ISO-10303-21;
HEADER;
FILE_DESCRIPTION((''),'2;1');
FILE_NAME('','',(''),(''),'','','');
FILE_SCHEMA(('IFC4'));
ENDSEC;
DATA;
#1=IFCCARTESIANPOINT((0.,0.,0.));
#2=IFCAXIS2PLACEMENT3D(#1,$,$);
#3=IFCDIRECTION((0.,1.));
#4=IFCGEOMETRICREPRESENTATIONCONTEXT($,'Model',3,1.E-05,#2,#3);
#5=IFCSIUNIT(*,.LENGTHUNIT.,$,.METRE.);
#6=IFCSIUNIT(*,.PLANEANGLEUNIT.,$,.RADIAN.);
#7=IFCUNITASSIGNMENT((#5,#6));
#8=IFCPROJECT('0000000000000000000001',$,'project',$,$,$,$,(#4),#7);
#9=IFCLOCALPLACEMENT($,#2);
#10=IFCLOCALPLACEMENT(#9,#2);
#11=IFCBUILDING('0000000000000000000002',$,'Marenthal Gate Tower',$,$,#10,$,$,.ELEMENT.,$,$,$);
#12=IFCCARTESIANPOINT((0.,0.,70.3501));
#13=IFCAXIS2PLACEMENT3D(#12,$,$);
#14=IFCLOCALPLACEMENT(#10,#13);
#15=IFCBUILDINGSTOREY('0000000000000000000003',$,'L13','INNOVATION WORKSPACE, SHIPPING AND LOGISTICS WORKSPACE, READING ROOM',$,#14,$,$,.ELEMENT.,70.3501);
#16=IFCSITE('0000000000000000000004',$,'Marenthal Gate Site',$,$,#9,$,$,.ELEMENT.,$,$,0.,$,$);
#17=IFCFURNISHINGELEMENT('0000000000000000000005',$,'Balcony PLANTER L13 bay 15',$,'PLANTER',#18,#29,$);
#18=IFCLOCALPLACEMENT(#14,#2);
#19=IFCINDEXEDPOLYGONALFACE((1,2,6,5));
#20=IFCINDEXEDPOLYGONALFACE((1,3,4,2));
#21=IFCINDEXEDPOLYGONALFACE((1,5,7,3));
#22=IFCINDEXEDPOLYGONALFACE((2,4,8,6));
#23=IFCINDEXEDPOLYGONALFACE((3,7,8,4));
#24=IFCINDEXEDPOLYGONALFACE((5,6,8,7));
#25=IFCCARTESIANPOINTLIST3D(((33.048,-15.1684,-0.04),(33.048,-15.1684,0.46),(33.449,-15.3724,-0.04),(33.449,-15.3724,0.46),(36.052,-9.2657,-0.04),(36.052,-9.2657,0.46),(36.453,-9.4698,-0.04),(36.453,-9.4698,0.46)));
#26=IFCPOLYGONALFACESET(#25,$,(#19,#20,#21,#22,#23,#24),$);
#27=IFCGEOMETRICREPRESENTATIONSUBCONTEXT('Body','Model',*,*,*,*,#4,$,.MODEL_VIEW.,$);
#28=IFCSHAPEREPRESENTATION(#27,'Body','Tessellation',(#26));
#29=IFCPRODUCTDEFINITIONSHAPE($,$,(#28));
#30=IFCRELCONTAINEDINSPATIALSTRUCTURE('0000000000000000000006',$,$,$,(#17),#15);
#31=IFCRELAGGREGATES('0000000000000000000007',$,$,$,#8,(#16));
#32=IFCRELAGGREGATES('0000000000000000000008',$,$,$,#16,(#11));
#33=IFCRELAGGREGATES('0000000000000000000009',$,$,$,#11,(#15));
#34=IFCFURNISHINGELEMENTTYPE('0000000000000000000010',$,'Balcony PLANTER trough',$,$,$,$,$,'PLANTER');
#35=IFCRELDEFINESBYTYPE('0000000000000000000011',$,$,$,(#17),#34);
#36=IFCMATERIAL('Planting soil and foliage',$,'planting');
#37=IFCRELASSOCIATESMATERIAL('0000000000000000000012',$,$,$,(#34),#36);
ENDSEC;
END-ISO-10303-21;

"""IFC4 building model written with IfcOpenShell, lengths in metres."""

from ifc_helpers import new_model, si_unit, direction, frame, origin, origin_2d, place, context, subcontext, project, spatial, rectangle, extrude, material, type_object, element, save


model = new_model("IFC4")

# Units and contexts
model_context = context("Model", 3, precision=1e-05, world=origin(), true_north=direction((0.0, 1.0)))
body_context = subcontext(model_context, "Body", "Model", "MODEL_VIEW")
ifc_project = project(units=[si_unit("LENGTHUNIT", "METRE"), si_unit("PLANEANGLEUNIT", "RADIAN")], contexts=[model_context])

# Site, building, storey
site_placement = place(None, origin())
site = spatial("IfcSite", under=ifc_project, at=site_placement, Name="Marenthal Gate Site", CompositionType="ELEMENT", RefElevation=0.0)
building_placement = place(site_placement, origin())
building = spatial("IfcBuilding", under=site, at=building_placement, Name="Marenthal Gate Tower", CompositionType="ELEMENT")
storey_placement = place(building_placement, frame((0.0, 0.0, 70.3501)))
storey = spatial("IfcBuildingStorey", under=building, at=storey_placement, Name="L13", Description="INNOVATION WORKSPACE, SHIPPING AND LOGISTICS WORKSPACE, READING ROOM", CompositionType="ELEMENT", Elevation=70.3501)

# Furnishing element
ifc_material_1 = material(Name="Planting soil and foliage", Category="planting")
furnishing_element_type = type_object("IfcFurnishingElementType", Name="Balcony PLANTER trough", ElementType="PLANTER", material=ifc_material_1)
furnishing_placement = place(storey_placement, frame((34.7505, -12.3191, -0.04), z_axis=(0.0, 0.0, 1.0), x_axis=(0.453561, 0.891225, 0.0)))
element("IfcFurnishingElement", 1, at=furnishing_placement, inside=storey, type_object=furnishing_element_type, Name="Balcony PLANTER L13 bay 15", ObjectType="PLANTER", context=body_context, shape_type="SweptSolid", body=[
    extrude(rectangle(XDim=6.623, YDim=0.45, at=origin_2d()), origin(), (0.0, 0.0, 1.0), 0.5),
])

save(model, "model.ifc")
